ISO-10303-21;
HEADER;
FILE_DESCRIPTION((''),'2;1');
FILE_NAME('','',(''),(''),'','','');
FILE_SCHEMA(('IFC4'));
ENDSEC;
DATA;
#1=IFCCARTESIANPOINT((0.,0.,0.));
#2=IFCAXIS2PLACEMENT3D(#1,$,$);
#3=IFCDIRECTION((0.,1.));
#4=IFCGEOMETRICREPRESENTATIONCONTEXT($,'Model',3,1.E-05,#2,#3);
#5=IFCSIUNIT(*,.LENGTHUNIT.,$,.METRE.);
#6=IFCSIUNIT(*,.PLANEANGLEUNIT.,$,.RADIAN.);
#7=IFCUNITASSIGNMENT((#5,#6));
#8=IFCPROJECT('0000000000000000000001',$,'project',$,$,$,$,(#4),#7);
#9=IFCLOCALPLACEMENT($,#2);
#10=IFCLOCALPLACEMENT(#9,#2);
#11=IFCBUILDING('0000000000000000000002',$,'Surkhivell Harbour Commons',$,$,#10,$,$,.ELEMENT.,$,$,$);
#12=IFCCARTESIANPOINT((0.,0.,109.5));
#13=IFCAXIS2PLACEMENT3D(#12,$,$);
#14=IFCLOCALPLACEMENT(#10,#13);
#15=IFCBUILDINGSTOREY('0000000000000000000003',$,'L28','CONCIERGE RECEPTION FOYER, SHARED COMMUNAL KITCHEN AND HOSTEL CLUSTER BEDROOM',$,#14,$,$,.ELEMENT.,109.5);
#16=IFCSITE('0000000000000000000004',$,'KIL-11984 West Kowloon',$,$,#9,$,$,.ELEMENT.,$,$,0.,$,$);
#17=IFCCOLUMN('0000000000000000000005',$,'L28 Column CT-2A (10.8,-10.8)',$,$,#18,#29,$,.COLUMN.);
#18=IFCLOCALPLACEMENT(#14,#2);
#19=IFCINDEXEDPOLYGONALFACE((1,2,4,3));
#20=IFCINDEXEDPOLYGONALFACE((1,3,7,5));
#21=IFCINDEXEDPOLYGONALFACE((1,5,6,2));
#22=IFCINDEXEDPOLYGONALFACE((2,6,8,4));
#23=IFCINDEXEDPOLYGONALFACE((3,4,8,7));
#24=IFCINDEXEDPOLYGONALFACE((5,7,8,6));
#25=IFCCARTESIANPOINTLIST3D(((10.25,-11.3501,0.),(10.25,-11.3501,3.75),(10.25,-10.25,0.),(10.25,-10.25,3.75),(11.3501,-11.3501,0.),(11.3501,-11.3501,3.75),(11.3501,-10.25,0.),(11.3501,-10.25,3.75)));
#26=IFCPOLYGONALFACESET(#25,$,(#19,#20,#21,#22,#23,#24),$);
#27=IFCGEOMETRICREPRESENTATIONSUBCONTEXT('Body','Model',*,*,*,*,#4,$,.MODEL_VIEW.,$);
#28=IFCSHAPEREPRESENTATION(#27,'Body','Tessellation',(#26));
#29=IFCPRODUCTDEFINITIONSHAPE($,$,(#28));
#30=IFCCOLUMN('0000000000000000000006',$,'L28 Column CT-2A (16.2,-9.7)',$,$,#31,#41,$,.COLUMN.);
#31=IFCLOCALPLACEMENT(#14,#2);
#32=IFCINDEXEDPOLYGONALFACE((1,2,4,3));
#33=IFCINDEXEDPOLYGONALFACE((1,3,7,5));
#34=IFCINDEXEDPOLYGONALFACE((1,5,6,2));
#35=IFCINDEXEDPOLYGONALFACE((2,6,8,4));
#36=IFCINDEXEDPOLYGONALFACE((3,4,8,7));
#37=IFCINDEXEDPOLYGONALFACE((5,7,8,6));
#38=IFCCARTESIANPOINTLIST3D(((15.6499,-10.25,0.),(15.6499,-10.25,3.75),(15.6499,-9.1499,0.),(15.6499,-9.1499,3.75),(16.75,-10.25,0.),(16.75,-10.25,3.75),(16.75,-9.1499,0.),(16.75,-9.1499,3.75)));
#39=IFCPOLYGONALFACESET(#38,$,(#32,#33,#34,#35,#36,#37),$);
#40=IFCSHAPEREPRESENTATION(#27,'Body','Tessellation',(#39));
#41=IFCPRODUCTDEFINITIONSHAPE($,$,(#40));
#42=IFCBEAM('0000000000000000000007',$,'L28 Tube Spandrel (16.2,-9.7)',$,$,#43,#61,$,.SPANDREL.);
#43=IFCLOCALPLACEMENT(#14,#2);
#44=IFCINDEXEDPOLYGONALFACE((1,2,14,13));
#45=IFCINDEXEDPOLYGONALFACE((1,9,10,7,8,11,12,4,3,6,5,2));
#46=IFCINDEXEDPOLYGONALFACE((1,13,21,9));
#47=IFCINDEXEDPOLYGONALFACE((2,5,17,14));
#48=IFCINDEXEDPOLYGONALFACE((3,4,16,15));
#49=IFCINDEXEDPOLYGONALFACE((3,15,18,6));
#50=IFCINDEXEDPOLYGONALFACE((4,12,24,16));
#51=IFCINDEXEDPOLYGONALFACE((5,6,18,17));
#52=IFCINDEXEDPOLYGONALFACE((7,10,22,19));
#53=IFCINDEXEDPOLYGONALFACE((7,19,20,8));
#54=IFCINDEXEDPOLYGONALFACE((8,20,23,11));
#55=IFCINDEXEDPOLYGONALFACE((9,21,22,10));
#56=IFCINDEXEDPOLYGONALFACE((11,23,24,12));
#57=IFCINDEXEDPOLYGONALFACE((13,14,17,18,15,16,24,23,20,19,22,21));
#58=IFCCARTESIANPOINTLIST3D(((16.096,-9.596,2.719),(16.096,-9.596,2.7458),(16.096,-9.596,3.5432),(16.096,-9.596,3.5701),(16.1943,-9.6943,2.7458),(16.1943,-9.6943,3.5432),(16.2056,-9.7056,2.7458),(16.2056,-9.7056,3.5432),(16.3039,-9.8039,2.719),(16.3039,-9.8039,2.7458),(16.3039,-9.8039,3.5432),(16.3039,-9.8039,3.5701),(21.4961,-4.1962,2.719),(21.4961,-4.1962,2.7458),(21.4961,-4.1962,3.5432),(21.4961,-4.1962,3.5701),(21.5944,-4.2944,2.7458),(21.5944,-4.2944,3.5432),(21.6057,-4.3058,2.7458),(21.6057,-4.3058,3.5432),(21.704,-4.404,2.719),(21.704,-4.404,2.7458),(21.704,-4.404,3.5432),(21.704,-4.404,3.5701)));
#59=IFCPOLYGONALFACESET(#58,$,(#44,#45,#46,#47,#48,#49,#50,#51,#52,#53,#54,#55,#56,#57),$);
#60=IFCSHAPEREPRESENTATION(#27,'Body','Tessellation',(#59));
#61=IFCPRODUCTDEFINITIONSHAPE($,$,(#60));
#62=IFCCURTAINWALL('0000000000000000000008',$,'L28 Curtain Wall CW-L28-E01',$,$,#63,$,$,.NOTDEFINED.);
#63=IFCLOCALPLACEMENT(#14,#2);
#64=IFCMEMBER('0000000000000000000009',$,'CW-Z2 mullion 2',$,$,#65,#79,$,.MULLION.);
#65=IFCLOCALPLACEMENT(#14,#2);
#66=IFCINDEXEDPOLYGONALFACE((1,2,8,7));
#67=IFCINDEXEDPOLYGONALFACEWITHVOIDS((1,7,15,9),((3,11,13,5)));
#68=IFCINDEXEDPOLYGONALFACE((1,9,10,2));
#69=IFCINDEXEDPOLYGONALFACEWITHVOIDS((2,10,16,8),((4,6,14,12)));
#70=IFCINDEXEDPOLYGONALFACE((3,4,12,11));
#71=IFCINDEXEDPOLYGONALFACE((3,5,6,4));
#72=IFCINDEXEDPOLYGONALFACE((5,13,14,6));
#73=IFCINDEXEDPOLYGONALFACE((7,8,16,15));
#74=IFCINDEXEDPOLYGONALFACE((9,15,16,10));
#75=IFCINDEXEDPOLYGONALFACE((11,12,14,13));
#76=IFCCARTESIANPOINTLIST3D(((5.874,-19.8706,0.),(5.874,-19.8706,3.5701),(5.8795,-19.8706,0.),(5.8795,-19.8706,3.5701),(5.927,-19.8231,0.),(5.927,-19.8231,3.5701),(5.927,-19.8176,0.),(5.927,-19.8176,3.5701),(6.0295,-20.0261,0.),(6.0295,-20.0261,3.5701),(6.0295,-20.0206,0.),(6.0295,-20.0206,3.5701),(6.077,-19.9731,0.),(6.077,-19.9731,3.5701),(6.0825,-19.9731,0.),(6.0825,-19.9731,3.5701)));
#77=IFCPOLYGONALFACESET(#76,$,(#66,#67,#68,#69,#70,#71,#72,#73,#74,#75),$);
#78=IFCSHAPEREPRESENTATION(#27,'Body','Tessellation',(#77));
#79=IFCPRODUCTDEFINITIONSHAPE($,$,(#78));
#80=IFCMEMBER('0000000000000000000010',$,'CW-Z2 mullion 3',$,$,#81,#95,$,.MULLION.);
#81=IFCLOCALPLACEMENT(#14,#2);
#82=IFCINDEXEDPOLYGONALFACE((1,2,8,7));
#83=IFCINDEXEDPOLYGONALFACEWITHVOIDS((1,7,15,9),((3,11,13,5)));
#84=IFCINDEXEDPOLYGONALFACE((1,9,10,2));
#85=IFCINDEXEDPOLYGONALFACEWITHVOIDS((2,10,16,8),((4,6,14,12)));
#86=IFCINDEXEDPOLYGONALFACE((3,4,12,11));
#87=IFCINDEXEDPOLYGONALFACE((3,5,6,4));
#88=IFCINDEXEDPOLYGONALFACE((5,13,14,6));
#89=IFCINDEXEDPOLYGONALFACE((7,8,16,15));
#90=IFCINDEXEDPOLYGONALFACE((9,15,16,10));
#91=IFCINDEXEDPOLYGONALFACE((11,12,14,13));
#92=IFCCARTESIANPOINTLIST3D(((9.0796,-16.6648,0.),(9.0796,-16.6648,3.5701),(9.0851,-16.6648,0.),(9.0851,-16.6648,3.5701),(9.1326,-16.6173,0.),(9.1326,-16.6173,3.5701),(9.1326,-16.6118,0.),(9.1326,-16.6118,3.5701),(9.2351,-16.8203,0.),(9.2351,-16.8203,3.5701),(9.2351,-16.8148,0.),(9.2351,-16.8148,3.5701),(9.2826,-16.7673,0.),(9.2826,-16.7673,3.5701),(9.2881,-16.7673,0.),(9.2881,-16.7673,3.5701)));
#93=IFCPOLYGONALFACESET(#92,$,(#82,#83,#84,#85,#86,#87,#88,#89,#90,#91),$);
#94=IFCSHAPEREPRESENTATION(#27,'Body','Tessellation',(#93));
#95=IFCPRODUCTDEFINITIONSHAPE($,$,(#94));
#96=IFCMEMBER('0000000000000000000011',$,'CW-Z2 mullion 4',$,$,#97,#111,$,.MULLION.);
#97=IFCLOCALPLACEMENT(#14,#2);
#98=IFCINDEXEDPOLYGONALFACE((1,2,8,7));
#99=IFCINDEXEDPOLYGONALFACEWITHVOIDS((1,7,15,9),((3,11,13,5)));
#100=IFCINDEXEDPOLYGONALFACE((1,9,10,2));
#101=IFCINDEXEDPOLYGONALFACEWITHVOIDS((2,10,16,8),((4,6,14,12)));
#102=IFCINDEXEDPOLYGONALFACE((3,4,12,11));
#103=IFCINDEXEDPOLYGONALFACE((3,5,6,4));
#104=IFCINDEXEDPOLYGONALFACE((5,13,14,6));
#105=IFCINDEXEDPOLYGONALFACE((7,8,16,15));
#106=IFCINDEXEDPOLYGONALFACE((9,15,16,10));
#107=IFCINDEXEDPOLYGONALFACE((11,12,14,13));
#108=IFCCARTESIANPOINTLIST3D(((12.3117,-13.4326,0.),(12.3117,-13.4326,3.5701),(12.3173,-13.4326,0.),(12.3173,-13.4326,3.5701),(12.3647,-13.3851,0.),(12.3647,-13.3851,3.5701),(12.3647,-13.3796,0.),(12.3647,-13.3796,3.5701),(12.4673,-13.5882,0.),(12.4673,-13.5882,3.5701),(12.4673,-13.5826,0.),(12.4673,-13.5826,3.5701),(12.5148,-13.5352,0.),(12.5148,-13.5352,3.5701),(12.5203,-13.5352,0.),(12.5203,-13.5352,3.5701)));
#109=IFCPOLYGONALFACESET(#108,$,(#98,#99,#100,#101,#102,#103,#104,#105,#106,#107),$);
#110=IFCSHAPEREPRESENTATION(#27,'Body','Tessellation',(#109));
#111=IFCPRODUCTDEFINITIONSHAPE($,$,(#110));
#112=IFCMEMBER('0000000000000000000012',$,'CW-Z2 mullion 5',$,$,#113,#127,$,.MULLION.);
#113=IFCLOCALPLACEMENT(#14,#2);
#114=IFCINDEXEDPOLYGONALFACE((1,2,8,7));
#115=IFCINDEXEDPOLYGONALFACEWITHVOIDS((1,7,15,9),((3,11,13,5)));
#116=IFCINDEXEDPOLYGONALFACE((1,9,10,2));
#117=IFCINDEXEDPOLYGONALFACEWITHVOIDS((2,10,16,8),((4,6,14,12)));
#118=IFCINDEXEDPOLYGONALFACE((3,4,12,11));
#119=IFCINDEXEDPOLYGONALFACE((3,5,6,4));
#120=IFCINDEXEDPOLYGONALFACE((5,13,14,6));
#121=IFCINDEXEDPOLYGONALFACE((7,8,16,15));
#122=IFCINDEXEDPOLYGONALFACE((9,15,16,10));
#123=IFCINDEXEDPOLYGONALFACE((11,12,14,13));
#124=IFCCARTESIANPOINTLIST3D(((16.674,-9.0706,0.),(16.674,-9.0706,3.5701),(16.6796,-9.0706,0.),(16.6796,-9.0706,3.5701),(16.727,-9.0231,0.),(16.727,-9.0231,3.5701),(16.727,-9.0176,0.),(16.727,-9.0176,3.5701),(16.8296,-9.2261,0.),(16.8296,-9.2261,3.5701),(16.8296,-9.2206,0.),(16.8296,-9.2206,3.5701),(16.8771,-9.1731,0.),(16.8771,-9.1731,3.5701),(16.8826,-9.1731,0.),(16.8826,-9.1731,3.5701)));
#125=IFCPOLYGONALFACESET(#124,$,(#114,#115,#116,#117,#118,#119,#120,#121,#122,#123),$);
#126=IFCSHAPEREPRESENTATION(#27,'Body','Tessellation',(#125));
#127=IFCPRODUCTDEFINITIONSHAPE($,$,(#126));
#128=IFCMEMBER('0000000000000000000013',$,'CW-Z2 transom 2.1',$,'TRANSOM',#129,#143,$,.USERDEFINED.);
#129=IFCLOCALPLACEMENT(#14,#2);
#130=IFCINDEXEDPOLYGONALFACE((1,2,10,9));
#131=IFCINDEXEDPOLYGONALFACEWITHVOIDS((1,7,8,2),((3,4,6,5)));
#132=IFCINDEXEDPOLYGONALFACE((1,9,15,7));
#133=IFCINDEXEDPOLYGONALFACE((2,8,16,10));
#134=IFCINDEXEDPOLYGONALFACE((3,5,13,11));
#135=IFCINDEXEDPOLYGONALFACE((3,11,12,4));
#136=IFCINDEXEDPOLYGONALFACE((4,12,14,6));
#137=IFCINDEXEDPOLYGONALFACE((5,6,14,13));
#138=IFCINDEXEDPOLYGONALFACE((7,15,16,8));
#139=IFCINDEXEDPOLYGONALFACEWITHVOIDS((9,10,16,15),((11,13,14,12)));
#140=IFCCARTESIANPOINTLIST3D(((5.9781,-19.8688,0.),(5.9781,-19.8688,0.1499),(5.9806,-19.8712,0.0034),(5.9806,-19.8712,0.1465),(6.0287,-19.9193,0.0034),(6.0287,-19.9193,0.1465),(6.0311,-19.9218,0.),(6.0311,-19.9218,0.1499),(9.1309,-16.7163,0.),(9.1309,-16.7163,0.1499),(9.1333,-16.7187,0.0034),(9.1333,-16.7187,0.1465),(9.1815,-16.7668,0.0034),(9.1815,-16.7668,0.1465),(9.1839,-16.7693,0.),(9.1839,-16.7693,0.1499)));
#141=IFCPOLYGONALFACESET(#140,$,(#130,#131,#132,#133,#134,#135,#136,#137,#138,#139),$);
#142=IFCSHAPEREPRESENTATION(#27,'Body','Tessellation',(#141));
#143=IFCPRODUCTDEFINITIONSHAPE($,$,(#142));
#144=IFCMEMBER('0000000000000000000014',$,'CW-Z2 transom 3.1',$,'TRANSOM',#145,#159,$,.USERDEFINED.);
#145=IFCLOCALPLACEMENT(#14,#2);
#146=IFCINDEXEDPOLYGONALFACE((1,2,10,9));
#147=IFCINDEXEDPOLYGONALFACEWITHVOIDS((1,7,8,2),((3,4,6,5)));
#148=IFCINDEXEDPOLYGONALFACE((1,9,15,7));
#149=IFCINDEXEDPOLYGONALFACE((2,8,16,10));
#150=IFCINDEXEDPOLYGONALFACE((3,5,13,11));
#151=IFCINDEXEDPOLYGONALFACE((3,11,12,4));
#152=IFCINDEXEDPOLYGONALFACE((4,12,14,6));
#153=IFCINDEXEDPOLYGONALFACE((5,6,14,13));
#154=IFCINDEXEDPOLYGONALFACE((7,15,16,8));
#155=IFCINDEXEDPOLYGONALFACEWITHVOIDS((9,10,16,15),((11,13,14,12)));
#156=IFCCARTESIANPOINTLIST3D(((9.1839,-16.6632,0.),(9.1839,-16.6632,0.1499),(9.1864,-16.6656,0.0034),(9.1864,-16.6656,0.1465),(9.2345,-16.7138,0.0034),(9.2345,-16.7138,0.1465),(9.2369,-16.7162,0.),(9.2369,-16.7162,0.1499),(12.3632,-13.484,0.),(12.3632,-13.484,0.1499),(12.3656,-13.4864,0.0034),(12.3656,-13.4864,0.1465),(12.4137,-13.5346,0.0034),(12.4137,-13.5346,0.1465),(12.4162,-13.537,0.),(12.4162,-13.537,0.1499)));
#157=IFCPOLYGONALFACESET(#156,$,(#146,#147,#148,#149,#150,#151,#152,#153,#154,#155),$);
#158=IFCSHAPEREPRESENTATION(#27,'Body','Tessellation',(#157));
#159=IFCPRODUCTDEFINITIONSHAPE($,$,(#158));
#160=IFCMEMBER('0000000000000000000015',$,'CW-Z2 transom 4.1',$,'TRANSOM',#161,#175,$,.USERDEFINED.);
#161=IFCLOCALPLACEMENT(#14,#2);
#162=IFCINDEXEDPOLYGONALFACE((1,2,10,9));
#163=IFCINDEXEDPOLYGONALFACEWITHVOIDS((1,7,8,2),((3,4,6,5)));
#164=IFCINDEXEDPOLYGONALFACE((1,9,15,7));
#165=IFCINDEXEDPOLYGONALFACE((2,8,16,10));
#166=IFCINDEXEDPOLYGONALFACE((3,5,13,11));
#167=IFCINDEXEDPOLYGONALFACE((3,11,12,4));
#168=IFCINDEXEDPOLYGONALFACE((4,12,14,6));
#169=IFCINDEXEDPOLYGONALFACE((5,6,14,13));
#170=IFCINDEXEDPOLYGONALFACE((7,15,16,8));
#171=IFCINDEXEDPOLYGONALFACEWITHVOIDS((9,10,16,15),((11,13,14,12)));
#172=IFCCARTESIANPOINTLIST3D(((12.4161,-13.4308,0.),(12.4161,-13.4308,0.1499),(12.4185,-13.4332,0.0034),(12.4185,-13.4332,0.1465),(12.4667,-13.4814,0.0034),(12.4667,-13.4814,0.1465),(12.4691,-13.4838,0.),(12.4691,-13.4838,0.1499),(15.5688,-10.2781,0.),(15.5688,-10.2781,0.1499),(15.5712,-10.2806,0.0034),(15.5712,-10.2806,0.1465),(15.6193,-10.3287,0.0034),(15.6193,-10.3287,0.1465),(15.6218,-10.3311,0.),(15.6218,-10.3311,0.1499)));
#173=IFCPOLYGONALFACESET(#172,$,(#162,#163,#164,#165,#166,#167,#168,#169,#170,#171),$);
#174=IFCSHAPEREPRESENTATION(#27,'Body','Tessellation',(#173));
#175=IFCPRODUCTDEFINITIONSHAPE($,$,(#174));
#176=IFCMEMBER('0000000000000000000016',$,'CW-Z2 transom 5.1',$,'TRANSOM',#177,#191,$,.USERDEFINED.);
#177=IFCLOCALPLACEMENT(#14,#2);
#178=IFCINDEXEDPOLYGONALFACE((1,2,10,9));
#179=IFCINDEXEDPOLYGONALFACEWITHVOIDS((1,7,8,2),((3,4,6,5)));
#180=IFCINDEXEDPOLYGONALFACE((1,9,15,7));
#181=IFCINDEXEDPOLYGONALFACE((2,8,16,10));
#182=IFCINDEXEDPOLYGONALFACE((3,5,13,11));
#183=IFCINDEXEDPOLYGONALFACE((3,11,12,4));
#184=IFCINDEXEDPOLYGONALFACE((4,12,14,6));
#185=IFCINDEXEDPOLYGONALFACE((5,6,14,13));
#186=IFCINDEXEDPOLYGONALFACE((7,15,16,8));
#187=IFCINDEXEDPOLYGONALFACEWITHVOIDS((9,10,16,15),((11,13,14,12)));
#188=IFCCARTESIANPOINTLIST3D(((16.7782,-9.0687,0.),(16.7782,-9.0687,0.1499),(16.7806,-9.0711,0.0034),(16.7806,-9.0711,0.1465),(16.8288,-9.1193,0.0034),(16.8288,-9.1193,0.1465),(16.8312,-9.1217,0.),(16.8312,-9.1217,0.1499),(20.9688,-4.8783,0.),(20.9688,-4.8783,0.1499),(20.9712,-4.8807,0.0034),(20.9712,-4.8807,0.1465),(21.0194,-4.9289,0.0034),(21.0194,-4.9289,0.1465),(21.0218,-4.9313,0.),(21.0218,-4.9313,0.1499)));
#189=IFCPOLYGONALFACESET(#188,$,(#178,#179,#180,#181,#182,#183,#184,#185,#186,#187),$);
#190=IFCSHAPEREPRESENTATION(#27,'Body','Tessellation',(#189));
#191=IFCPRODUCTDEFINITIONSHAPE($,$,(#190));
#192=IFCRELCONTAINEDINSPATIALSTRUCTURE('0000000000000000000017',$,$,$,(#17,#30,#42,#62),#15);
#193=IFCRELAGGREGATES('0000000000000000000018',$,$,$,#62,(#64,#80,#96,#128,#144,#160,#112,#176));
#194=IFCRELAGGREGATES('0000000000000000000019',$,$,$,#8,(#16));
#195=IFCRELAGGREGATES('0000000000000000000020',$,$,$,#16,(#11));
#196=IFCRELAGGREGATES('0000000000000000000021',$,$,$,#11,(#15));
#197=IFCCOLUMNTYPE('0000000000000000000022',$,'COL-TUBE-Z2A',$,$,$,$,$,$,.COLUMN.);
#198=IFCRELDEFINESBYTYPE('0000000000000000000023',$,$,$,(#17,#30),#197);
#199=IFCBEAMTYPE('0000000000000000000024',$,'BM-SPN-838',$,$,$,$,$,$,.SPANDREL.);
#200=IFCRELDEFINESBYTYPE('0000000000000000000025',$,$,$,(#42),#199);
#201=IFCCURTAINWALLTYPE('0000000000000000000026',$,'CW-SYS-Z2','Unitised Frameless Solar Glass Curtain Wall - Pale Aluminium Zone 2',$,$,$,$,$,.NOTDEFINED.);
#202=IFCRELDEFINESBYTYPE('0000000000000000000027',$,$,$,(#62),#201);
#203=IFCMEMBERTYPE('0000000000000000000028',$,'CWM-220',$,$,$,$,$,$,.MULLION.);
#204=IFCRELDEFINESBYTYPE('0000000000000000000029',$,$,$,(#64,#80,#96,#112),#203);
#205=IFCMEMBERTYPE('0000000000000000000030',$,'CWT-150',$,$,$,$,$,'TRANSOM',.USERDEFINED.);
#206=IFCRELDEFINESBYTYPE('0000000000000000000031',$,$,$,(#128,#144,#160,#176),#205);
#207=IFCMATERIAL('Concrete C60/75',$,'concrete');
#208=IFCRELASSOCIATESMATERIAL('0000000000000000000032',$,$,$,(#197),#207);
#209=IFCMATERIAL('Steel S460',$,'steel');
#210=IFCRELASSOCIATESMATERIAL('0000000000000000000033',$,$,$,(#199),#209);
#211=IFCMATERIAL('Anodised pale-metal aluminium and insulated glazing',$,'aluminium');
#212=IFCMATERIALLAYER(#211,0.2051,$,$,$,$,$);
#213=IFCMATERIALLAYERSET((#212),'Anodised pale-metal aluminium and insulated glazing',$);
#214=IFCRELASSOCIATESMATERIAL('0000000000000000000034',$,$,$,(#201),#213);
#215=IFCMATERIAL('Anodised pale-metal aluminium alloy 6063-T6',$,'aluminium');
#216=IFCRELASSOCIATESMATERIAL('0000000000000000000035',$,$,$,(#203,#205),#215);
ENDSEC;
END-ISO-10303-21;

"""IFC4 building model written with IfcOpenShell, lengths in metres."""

from ifc_helpers import new_model, si_unit, direction, frame, origin, origin_2d, place, context, subcontext, project, spatial, rectangle, hollow_rectangle, i_section, extrude, material, layer, layer_set, material_profile, profile_set, type_object, element, aggregate, save


model = new_model("IFC4")

# Units and contexts
model_context = context("Model", 3, precision=1e-05, world=origin(), true_north=direction((0.0, 1.0)))
body_context = subcontext(model_context, "Body", "Model", "MODEL_VIEW")
ifc_project = project(units=[si_unit("LENGTHUNIT", "METRE"), si_unit("PLANEANGLEUNIT", "RADIAN")], contexts=[model_context])

# Site, building, storey
site_placement = place(None, origin())
site = spatial("IfcSite", under=ifc_project, at=site_placement, Name="KIL-11984 West Kowloon", CompositionType="ELEMENT", RefElevation=0.0)
building_placement = place(site_placement, origin())
building = spatial("IfcBuilding", under=site, at=building_placement, Name="Surkhivell Harbour Commons", CompositionType="ELEMENT")
storey_placement = place(building_placement, frame((0.0, 0.0, 109.5)))
storey = spatial("IfcBuildingStorey", under=building, at=storey_placement, Name="L28", Description="CONCIERGE RECEPTION FOYER, SHARED COMMUNAL KITCHEN AND HOSTEL CLUSTER BEDROOM", CompositionType="ELEMENT", Elevation=109.5)

# Columns
ifc_material_1 = material(Name="Concrete C60/75", Category="concrete")
ifc_material_profile_1 = material_profile(ifc_material_1, rectangle(XDim=1.1001, YDim=1.1001, at=origin_2d()), Name="RC-COL-1100x1100")
ifc_profile_set_1 = profile_set([ifc_material_profile_1], Name="Concrete C60/75")
column_type = type_object("IfcColumnType", Name="COL-TUBE-Z2A", PredefinedType="COLUMN", material=ifc_profile_set_1)
for number, where, z_axis, x_axis, name in (
    (1, (10.8, -10.8, 0.0), (0.0, 0.0, 1.0), (1.0, 0.0, 0.0), "L28 Column CT-2A (10.8,-10.8)"),
    (2, (16.2, -9.7, 0.0), (0.0, 0.0, 1.0), (1.0, 0.0, 0.0), "L28 Column CT-2A (16.2,-9.7)"),
):
    element("IfcColumn", number, at=place(storey_placement, frame(where, z_axis=z_axis, x_axis=x_axis)), inside=storey, type_object=column_type, Name=name, PredefinedType="COLUMN", context=body_context, shape_type="SweptSolid", body=[
        extrude(rectangle(XDim=1.1001, YDim=1.1001, at=origin_2d()), origin(), (0.0, 0.0, 1.0), 3.75),
    ])

# Beam
ifc_material_2 = material(Name="Steel S460", Category="steel")
ifc_material_profile_2 = material_profile(ifc_material_2, i_section(OverallWidth=0.2939, OverallDepth=0.8511, WebThickness=0.0161, FlangeThickness=0.0269, at=origin_2d()), Name="UB838x292x226")
ifc_profile_set_2 = profile_set([ifc_material_profile_2], Name="Steel S460")
beam_type = type_object("IfcBeamType", Name="BM-SPN-838", PredefinedType="SPANDREL", material=ifc_profile_set_2)
beam_placement = place(storey_placement, frame((16.2, -9.7, 3.1445), z_axis=(0.707123, 0.707091, 0.0), x_axis=(-0.707091, 0.707123, 0.0)))
element("IfcBeam", 3, at=beam_placement, inside=storey, type_object=beam_type, Name="L28 Tube Spandrel (16.2,-9.7)", PredefinedType="SPANDREL", context=body_context, shape_type="SweptSolid", body=[
    extrude(i_section(OverallWidth=0.2939, OverallDepth=0.8511, WebThickness=0.0161, FlangeThickness=0.0269, at=origin_2d()), origin(), (0.0, 0.0, 1.0), 7.6367),
])

# Curtain wall, members
ifc_material_3 = material(Name="Anodised pale-metal aluminium and insulated glazing", Category="aluminium")
ifc_layer_1 = layer(ifc_material_3, 0.2051)
ifc_layer_set_1 = layer_set([ifc_layer_1], Name="Anodised pale-metal aluminium and insulated glazing")
curtain_wall_type = type_object("IfcCurtainWallType", Name="CW-SYS-Z2", Description="Unitised Frameless Solar Glass Curtain Wall - Pale Aluminium Zone 2", PredefinedType="NOTDEFINED", material=ifc_layer_set_1)
curtain_wall_placement = place(storey_placement, origin())
curtain_wall = element("IfcCurtainWall", 4, at=curtain_wall_placement, inside=storey, type_object=curtain_wall_type, Name="L28 Curtain Wall CW-L28-E01", PredefinedType="NOTDEFINED")
ifc_material_4 = material(Name="Anodised pale-metal aluminium alloy 6063-T6", Category="aluminium")
ifc_material_profile_3 = material_profile(ifc_material_4, hollow_rectangle(XDim=0.075, YDim=0.22, WallThickness=0.0039, at=origin_2d()), Name="ALU-MULL-75x220")
ifc_profile_set_3 = profile_set([ifc_material_profile_3], Name="Anodised pale-metal aluminium alloy 6063-T6")
member_type_1 = type_object("IfcMemberType", Name="CWM-220", PredefinedType="MULLION", material=ifc_profile_set_3)
member_1_placement = place(storey_placement, frame((5.9783, -19.9219, 0.0), z_axis=(0.0, 0.0, 1.0), x_axis=(0.707107, 0.707107, 0.0)))
member_1 = element("IfcMember", 5, at=member_1_placement, type_object=member_type_1, Name="CW-Z2 mullion 2", PredefinedType="MULLION", context=body_context, shape_type="SweptSolid", body=[
    extrude(hollow_rectangle(XDim=0.075, YDim=0.22, WallThickness=0.0039, at=origin_2d()), origin(), (0.0, 0.0, 1.0), 3.5701),
])
member_2_placement = place(storey_placement, frame((9.1838, -16.7161, 0.0), z_axis=(0.0, 0.0, 1.0), x_axis=(0.707107, 0.707107, 0.0)))
member_2 = element("IfcMember", 6, at=member_2_placement, type_object=member_type_1, Name="CW-Z2 mullion 3", PredefinedType="MULLION", context=body_context, shape_type="SweptSolid", body=[
    extrude(hollow_rectangle(XDim=0.075, YDim=0.22, WallThickness=0.0039, at=origin_2d()), origin(), (0.0, 0.0, 1.0), 3.5701),
])
member_3_placement = place(storey_placement, frame((12.416, -13.4839, 0.0), z_axis=(0.0, 0.0, 1.0), x_axis=(0.707107, 0.707107, 0.0)))
member_3 = element("IfcMember", 7, at=member_3_placement, type_object=member_type_1, Name="CW-Z2 mullion 4", PredefinedType="MULLION", context=body_context, shape_type="SweptSolid", body=[
    extrude(hollow_rectangle(XDim=0.075, YDim=0.22, WallThickness=0.0039, at=origin_2d()), origin(), (0.0, 0.0, 1.0), 3.5701),
])
member_4_placement = place(storey_placement, frame((16.7783, -9.1218, 0.0), z_axis=(0.0, 0.0, 1.0), x_axis=(0.707107, 0.707107, 0.0)))
member_4 = element("IfcMember", 8, at=member_4_placement, type_object=member_type_1, Name="CW-Z2 mullion 5", PredefinedType="MULLION", context=body_context, shape_type="SweptSolid", body=[
    extrude(hollow_rectangle(XDim=0.075, YDim=0.22, WallThickness=0.0039, at=origin_2d()), origin(), (0.0, 0.0, 1.0), 3.5701),
])
ifc_material_profile_4 = material_profile(ifc_material_4, hollow_rectangle(XDim=0.075, YDim=0.1499, WallThickness=0.0034, at=origin_2d()), Name="ALU-TRAN-75x150")
ifc_profile_set_4 = profile_set([ifc_material_profile_4], Name="Anodised pale-metal aluminium alloy 6063-T6")
member_type_2 = type_object("IfcMemberType", Name="CWT-150", ElementType="TRANSOM", PredefinedType="USERDEFINED", material=ifc_profile_set_4)
member_5_placement = place(storey_placement, frame((6.0046, -19.8953, 0.075), z_axis=(0.707134, 0.707079, 0.0), x_axis=(-0.707079, 0.707134, 0.0)))
member_5 = element("IfcMember", 9, at=member_5_placement, type_object=member_type_2, Name="CW-Z2 transom 2.1", ObjectType="TRANSOM", PredefinedType="USERDEFINED", context=body_context, shape_type="SweptSolid", body=[
    extrude(hollow_rectangle(XDim=0.075, YDim=0.1499, WallThickness=0.0034, at=origin_2d()), origin(), (0.0, 0.0, 1.0), 4.4585),
])
member_6_placement = place(storey_placement, frame((9.2104, -16.6897, 0.075), z_axis=(0.707107, 0.707107, 0.0), x_axis=(-0.707107, 0.707107, 0.0)))
member_6 = element("IfcMember", 10, at=member_6_placement, type_object=member_type_2, Name="CW-Z2 transom 3.1", ObjectType="TRANSOM", PredefinedType="USERDEFINED", context=body_context, shape_type="SweptSolid", body=[
    extrude(hollow_rectangle(XDim=0.075, YDim=0.1499, WallThickness=0.0034, at=origin_2d()), origin(), (0.0, 0.0, 1.0), 4.4961),
])
member_7_placement = place(storey_placement, frame((12.4426, -13.4573, 0.075), z_axis=(0.707107, 0.707107, 0.0), x_axis=(-0.707107, 0.707107, 0.0)))
member_7 = element("IfcMember", 11, at=member_7_placement, type_object=member_type_2, Name="CW-Z2 transom 4.1", ObjectType="TRANSOM", PredefinedType="USERDEFINED", context=body_context, shape_type="SweptSolid", body=[
    extrude(hollow_rectangle(XDim=0.075, YDim=0.1499, WallThickness=0.0034, at=origin_2d()), origin(), (0.0, 0.0, 1.0), 4.4585),
])
member_8_placement = place(storey_placement, frame((16.8047, -9.0952, 0.075), z_axis=(0.707127, 0.707086, 0.0), x_axis=(-0.707086, 0.707127, 0.0)))
member_8 = element("IfcMember", 12, at=member_8_placement, type_object=member_type_2, Name="CW-Z2 transom 5.1", ObjectType="TRANSOM", PredefinedType="USERDEFINED", context=body_context, shape_type="SweptSolid", body=[
    extrude(hollow_rectangle(XDim=0.075, YDim=0.1499, WallThickness=0.0034, at=origin_2d()), origin(), (0.0, 0.0, 1.0), 5.9263),
])
aggregate(curtain_wall, [member_1, member_2, member_3, member_5, member_6, member_7, member_4, member_8])

save(model, "model.ifc")
